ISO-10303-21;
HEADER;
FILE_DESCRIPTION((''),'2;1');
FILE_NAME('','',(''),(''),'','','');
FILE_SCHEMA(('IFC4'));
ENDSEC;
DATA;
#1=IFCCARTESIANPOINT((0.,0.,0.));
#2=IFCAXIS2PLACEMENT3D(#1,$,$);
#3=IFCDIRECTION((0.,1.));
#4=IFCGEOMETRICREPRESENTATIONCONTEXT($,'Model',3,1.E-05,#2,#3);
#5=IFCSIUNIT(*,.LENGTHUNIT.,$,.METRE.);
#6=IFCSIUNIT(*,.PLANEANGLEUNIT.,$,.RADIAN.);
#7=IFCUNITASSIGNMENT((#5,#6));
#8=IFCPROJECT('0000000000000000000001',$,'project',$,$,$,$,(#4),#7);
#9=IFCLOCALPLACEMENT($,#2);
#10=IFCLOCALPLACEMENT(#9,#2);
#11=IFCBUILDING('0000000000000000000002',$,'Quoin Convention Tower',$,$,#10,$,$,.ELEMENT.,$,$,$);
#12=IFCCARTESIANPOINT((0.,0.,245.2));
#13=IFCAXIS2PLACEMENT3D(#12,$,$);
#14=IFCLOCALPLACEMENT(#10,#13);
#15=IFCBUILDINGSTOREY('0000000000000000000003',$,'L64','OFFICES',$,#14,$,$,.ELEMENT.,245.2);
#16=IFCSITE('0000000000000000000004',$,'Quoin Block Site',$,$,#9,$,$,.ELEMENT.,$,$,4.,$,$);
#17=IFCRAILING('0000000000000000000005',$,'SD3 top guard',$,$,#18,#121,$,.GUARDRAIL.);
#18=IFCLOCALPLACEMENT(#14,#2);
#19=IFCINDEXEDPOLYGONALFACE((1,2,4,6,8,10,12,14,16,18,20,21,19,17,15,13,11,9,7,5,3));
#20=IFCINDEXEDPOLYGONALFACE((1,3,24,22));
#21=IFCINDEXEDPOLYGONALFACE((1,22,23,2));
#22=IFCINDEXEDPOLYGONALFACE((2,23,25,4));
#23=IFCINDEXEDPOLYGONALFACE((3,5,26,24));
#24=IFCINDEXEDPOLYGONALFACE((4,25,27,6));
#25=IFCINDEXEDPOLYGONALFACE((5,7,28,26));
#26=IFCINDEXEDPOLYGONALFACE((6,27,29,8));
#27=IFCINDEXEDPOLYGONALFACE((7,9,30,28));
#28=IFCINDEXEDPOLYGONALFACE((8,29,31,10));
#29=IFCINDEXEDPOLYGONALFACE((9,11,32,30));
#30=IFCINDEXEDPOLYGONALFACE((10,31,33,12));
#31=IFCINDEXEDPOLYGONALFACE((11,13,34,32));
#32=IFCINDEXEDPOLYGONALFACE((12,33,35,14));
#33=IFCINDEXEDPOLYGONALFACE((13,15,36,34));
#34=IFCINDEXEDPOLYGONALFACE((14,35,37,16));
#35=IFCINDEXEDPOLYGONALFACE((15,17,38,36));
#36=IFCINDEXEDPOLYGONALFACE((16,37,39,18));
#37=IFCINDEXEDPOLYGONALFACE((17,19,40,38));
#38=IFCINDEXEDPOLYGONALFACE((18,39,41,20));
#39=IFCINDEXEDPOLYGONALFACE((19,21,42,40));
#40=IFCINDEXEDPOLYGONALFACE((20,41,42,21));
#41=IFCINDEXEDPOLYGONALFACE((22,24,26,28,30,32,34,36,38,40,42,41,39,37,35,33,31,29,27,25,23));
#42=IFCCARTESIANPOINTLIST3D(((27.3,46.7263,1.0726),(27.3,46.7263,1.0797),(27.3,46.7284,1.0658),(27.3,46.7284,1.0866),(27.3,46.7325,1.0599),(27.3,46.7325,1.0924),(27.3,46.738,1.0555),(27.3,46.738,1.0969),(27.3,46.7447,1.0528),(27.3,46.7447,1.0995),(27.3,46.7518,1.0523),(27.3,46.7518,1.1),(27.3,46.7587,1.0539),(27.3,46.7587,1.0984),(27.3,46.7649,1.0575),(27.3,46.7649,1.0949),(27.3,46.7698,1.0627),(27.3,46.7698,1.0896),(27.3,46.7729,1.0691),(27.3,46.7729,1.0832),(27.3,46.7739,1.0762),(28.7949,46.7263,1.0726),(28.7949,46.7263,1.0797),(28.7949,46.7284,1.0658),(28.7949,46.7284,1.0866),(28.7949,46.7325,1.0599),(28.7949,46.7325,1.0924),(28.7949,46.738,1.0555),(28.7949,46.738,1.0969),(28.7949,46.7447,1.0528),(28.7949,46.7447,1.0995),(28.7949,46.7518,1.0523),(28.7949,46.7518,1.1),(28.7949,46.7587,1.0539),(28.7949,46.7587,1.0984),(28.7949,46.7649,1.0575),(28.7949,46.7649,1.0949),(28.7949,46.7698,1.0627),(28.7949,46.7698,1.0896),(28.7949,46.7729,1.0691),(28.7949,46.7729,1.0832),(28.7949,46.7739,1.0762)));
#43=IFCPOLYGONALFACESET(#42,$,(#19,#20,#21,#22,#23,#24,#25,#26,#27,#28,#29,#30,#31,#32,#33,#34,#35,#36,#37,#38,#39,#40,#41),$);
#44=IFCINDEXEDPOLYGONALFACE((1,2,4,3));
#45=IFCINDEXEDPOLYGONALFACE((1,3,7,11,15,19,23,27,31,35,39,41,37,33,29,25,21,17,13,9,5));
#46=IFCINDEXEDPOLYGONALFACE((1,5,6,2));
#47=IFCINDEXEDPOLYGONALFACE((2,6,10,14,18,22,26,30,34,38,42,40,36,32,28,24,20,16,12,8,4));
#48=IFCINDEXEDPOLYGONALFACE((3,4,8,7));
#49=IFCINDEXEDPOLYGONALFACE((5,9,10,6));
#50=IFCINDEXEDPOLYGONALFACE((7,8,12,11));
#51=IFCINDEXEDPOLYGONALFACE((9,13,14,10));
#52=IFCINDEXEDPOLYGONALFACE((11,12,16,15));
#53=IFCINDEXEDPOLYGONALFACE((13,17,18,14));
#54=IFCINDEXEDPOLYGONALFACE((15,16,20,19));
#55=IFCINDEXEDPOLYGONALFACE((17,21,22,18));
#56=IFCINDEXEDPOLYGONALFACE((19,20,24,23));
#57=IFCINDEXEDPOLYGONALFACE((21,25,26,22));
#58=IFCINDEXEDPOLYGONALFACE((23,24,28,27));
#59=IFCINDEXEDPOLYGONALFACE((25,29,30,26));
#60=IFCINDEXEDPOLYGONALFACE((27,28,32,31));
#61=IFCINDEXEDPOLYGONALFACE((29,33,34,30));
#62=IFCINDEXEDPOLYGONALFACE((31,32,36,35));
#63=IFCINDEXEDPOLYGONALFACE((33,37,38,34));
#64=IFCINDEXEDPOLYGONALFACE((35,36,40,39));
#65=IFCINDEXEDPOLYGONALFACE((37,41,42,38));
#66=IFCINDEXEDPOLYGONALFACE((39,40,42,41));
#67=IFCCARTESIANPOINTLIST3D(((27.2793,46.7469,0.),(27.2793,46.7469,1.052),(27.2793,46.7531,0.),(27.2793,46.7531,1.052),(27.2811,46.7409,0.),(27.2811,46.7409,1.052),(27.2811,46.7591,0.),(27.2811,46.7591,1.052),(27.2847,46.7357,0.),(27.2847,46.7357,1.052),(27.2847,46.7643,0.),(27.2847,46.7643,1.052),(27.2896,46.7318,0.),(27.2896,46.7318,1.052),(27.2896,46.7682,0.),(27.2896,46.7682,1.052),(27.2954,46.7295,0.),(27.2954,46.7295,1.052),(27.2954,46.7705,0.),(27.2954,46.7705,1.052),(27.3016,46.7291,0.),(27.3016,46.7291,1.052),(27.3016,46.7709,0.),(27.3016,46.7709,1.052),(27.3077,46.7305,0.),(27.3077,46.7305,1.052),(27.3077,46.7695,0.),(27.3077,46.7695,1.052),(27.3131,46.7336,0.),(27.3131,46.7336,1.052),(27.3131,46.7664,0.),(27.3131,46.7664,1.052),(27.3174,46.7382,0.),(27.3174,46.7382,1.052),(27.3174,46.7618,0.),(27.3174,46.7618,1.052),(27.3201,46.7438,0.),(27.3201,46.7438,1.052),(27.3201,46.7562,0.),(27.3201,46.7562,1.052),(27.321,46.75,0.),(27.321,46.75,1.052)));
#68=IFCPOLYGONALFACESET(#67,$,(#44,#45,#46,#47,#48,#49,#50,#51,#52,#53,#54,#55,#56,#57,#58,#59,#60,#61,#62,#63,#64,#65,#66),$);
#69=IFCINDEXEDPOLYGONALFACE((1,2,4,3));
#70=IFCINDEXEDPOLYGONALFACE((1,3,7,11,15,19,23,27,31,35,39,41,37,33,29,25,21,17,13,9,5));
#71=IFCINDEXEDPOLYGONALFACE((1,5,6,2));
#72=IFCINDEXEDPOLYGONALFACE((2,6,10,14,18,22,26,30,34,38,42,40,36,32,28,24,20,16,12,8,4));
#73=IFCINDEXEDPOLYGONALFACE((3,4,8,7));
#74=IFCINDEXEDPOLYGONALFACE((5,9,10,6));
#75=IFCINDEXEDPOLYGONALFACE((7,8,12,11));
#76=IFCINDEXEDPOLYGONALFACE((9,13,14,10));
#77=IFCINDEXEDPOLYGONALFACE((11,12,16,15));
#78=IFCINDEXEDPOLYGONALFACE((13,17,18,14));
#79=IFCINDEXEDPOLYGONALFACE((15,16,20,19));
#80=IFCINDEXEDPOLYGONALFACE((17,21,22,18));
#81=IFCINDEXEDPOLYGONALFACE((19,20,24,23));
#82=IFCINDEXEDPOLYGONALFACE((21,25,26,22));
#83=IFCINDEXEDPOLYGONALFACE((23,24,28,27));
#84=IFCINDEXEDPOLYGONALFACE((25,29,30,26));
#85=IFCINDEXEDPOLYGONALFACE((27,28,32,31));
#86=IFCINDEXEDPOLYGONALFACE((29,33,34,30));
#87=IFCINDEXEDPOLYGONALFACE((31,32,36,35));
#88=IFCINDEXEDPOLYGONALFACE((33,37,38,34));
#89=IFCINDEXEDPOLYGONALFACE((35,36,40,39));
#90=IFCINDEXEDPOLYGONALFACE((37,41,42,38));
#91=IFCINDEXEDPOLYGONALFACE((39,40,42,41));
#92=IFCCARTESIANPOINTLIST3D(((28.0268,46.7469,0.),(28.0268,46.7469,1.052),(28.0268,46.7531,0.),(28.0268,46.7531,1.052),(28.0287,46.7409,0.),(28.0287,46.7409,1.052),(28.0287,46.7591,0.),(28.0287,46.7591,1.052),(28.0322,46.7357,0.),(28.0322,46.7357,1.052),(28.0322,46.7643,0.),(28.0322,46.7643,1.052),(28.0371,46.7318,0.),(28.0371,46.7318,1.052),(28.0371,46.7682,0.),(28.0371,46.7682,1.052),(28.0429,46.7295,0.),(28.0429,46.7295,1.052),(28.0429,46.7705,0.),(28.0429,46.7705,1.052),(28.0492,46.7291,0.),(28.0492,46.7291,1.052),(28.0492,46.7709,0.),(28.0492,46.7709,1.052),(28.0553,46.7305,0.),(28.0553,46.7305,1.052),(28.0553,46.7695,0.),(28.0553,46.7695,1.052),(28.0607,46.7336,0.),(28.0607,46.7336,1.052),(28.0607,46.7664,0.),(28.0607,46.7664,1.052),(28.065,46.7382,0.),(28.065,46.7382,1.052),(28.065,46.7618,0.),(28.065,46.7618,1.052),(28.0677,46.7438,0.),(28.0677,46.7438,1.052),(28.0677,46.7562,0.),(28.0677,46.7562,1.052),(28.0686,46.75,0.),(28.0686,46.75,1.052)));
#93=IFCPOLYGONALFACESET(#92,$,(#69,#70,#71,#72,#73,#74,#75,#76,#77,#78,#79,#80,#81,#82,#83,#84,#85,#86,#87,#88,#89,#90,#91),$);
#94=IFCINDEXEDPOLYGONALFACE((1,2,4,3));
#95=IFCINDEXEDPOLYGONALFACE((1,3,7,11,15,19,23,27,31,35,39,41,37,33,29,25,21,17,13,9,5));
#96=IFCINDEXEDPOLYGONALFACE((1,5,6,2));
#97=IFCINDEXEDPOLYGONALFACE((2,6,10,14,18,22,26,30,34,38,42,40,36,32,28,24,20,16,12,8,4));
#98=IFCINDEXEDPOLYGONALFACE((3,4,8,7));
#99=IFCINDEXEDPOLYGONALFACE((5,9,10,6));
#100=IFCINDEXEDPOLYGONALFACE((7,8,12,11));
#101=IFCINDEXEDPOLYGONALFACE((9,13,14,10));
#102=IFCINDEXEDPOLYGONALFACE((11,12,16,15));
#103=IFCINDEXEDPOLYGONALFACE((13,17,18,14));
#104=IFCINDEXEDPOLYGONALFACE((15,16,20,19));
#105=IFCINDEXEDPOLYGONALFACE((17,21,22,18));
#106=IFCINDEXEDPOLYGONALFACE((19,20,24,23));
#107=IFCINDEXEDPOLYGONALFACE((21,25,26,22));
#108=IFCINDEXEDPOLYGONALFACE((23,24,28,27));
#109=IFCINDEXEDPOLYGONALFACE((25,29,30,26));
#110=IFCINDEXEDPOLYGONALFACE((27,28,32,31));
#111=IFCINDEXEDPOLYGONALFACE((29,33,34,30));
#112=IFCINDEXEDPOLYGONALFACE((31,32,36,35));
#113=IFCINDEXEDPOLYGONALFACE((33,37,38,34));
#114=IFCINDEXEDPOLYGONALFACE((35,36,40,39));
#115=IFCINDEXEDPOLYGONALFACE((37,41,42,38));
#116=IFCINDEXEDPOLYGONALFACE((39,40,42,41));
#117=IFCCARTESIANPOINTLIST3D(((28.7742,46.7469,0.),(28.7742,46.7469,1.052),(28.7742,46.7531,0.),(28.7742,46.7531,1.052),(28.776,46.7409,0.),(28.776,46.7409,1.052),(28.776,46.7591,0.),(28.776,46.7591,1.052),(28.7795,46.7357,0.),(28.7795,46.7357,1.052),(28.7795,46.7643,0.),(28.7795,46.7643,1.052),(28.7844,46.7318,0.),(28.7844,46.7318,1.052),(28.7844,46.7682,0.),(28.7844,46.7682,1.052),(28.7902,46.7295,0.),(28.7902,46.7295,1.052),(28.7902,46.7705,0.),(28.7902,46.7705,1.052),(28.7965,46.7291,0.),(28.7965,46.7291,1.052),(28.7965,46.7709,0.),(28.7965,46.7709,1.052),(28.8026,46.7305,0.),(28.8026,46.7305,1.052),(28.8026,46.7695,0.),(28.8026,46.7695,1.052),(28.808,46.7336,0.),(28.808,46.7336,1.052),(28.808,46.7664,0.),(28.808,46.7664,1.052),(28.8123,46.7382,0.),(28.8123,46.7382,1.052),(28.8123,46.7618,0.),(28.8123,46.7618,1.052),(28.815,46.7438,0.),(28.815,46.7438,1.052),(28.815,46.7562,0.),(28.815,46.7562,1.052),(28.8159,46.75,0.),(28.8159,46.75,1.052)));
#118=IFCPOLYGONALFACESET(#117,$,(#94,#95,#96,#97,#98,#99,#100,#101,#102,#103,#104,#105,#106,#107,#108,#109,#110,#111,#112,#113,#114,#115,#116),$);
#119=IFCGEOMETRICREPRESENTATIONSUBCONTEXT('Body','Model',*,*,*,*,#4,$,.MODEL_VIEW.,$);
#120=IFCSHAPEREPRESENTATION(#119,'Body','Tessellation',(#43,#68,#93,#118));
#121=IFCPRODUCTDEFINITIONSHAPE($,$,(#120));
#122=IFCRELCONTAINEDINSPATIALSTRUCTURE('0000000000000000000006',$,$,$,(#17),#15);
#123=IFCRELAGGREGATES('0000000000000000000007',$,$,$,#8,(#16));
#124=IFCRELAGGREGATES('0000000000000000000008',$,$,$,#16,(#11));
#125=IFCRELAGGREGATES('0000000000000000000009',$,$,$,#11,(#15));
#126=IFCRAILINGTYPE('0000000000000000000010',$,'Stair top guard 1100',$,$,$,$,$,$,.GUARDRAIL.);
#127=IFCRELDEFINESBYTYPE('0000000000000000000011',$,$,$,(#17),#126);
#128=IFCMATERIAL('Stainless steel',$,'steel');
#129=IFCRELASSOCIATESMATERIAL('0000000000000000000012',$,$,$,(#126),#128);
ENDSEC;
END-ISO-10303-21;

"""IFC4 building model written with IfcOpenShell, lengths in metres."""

from ifc_helpers import new_model, si_unit, direction, frame, origin, origin_2d, place, context, subcontext, project, spatial, circle, extrude, material, type_object, element, save


model = new_model("IFC4")

# Units and contexts
model_context = context("Model", 3, precision=1e-05, world=origin(), true_north=direction((0.0, 1.0)))
body_context = subcontext(model_context, "Body", "Model", "MODEL_VIEW")
ifc_project = project(units=[si_unit("LENGTHUNIT", "METRE"), si_unit("PLANEANGLEUNIT", "RADIAN")], contexts=[model_context])

# Site, building, storey
site_placement = place(None, origin())
site = spatial("IfcSite", under=ifc_project, at=site_placement, Name="Quoin Block Site", CompositionType="ELEMENT", RefElevation=4.0)
building_placement = place(site_placement, origin())
building = spatial("IfcBuilding", under=site, at=building_placement, Name="Quoin Convention Tower", CompositionType="ELEMENT")
storey_placement = place(building_placement, frame((0.0, 0.0, 245.2)))
storey = spatial("IfcBuildingStorey", under=building, at=storey_placement, Name="L64", Description="OFFICES", CompositionType="ELEMENT", Elevation=245.2)

# Railing
ifc_material_1 = material(Name="Stainless steel", Category="steel")
railing_type_1 = type_object("IfcRailingType", Name="Stair top guard 1100", PredefinedType="GUARDRAIL", material=ifc_material_1)
railing_1_placement = place(storey_placement, frame((27.3, 46.75, 0.0)))
element("IfcRailing", 1, at=railing_1_placement, inside=storey, type_object=railing_type_1, Name="SD3 top guard", PredefinedType="GUARDRAIL", context=body_context, shape_type="SweptSolid", body=[
    extrude(circle(Radius=0.0239, at=origin_2d()), frame((0.0, 0.0, 1.0762), z_axis=(1.0, 0.0, 0.0), x_axis=(0.0, 1.0, 0.0)), (0.0, 0.0, 1.0), 1.4949),
    extrude(circle(Radius=0.021, at=origin_2d()), origin(), (0.0, 0.0, 1.0), 1.052),
    extrude(circle(Radius=0.021, at=origin_2d()), frame((0.7476, 0.0, 0.0)), (0.0, 0.0, 1.0), 1.052),
    extrude(circle(Radius=0.021, at=origin_2d()), frame((1.4949, 0.0, 0.0)), (0.0, 0.0, 1.0), 1.052),
])

save(model, "model.ifc")
